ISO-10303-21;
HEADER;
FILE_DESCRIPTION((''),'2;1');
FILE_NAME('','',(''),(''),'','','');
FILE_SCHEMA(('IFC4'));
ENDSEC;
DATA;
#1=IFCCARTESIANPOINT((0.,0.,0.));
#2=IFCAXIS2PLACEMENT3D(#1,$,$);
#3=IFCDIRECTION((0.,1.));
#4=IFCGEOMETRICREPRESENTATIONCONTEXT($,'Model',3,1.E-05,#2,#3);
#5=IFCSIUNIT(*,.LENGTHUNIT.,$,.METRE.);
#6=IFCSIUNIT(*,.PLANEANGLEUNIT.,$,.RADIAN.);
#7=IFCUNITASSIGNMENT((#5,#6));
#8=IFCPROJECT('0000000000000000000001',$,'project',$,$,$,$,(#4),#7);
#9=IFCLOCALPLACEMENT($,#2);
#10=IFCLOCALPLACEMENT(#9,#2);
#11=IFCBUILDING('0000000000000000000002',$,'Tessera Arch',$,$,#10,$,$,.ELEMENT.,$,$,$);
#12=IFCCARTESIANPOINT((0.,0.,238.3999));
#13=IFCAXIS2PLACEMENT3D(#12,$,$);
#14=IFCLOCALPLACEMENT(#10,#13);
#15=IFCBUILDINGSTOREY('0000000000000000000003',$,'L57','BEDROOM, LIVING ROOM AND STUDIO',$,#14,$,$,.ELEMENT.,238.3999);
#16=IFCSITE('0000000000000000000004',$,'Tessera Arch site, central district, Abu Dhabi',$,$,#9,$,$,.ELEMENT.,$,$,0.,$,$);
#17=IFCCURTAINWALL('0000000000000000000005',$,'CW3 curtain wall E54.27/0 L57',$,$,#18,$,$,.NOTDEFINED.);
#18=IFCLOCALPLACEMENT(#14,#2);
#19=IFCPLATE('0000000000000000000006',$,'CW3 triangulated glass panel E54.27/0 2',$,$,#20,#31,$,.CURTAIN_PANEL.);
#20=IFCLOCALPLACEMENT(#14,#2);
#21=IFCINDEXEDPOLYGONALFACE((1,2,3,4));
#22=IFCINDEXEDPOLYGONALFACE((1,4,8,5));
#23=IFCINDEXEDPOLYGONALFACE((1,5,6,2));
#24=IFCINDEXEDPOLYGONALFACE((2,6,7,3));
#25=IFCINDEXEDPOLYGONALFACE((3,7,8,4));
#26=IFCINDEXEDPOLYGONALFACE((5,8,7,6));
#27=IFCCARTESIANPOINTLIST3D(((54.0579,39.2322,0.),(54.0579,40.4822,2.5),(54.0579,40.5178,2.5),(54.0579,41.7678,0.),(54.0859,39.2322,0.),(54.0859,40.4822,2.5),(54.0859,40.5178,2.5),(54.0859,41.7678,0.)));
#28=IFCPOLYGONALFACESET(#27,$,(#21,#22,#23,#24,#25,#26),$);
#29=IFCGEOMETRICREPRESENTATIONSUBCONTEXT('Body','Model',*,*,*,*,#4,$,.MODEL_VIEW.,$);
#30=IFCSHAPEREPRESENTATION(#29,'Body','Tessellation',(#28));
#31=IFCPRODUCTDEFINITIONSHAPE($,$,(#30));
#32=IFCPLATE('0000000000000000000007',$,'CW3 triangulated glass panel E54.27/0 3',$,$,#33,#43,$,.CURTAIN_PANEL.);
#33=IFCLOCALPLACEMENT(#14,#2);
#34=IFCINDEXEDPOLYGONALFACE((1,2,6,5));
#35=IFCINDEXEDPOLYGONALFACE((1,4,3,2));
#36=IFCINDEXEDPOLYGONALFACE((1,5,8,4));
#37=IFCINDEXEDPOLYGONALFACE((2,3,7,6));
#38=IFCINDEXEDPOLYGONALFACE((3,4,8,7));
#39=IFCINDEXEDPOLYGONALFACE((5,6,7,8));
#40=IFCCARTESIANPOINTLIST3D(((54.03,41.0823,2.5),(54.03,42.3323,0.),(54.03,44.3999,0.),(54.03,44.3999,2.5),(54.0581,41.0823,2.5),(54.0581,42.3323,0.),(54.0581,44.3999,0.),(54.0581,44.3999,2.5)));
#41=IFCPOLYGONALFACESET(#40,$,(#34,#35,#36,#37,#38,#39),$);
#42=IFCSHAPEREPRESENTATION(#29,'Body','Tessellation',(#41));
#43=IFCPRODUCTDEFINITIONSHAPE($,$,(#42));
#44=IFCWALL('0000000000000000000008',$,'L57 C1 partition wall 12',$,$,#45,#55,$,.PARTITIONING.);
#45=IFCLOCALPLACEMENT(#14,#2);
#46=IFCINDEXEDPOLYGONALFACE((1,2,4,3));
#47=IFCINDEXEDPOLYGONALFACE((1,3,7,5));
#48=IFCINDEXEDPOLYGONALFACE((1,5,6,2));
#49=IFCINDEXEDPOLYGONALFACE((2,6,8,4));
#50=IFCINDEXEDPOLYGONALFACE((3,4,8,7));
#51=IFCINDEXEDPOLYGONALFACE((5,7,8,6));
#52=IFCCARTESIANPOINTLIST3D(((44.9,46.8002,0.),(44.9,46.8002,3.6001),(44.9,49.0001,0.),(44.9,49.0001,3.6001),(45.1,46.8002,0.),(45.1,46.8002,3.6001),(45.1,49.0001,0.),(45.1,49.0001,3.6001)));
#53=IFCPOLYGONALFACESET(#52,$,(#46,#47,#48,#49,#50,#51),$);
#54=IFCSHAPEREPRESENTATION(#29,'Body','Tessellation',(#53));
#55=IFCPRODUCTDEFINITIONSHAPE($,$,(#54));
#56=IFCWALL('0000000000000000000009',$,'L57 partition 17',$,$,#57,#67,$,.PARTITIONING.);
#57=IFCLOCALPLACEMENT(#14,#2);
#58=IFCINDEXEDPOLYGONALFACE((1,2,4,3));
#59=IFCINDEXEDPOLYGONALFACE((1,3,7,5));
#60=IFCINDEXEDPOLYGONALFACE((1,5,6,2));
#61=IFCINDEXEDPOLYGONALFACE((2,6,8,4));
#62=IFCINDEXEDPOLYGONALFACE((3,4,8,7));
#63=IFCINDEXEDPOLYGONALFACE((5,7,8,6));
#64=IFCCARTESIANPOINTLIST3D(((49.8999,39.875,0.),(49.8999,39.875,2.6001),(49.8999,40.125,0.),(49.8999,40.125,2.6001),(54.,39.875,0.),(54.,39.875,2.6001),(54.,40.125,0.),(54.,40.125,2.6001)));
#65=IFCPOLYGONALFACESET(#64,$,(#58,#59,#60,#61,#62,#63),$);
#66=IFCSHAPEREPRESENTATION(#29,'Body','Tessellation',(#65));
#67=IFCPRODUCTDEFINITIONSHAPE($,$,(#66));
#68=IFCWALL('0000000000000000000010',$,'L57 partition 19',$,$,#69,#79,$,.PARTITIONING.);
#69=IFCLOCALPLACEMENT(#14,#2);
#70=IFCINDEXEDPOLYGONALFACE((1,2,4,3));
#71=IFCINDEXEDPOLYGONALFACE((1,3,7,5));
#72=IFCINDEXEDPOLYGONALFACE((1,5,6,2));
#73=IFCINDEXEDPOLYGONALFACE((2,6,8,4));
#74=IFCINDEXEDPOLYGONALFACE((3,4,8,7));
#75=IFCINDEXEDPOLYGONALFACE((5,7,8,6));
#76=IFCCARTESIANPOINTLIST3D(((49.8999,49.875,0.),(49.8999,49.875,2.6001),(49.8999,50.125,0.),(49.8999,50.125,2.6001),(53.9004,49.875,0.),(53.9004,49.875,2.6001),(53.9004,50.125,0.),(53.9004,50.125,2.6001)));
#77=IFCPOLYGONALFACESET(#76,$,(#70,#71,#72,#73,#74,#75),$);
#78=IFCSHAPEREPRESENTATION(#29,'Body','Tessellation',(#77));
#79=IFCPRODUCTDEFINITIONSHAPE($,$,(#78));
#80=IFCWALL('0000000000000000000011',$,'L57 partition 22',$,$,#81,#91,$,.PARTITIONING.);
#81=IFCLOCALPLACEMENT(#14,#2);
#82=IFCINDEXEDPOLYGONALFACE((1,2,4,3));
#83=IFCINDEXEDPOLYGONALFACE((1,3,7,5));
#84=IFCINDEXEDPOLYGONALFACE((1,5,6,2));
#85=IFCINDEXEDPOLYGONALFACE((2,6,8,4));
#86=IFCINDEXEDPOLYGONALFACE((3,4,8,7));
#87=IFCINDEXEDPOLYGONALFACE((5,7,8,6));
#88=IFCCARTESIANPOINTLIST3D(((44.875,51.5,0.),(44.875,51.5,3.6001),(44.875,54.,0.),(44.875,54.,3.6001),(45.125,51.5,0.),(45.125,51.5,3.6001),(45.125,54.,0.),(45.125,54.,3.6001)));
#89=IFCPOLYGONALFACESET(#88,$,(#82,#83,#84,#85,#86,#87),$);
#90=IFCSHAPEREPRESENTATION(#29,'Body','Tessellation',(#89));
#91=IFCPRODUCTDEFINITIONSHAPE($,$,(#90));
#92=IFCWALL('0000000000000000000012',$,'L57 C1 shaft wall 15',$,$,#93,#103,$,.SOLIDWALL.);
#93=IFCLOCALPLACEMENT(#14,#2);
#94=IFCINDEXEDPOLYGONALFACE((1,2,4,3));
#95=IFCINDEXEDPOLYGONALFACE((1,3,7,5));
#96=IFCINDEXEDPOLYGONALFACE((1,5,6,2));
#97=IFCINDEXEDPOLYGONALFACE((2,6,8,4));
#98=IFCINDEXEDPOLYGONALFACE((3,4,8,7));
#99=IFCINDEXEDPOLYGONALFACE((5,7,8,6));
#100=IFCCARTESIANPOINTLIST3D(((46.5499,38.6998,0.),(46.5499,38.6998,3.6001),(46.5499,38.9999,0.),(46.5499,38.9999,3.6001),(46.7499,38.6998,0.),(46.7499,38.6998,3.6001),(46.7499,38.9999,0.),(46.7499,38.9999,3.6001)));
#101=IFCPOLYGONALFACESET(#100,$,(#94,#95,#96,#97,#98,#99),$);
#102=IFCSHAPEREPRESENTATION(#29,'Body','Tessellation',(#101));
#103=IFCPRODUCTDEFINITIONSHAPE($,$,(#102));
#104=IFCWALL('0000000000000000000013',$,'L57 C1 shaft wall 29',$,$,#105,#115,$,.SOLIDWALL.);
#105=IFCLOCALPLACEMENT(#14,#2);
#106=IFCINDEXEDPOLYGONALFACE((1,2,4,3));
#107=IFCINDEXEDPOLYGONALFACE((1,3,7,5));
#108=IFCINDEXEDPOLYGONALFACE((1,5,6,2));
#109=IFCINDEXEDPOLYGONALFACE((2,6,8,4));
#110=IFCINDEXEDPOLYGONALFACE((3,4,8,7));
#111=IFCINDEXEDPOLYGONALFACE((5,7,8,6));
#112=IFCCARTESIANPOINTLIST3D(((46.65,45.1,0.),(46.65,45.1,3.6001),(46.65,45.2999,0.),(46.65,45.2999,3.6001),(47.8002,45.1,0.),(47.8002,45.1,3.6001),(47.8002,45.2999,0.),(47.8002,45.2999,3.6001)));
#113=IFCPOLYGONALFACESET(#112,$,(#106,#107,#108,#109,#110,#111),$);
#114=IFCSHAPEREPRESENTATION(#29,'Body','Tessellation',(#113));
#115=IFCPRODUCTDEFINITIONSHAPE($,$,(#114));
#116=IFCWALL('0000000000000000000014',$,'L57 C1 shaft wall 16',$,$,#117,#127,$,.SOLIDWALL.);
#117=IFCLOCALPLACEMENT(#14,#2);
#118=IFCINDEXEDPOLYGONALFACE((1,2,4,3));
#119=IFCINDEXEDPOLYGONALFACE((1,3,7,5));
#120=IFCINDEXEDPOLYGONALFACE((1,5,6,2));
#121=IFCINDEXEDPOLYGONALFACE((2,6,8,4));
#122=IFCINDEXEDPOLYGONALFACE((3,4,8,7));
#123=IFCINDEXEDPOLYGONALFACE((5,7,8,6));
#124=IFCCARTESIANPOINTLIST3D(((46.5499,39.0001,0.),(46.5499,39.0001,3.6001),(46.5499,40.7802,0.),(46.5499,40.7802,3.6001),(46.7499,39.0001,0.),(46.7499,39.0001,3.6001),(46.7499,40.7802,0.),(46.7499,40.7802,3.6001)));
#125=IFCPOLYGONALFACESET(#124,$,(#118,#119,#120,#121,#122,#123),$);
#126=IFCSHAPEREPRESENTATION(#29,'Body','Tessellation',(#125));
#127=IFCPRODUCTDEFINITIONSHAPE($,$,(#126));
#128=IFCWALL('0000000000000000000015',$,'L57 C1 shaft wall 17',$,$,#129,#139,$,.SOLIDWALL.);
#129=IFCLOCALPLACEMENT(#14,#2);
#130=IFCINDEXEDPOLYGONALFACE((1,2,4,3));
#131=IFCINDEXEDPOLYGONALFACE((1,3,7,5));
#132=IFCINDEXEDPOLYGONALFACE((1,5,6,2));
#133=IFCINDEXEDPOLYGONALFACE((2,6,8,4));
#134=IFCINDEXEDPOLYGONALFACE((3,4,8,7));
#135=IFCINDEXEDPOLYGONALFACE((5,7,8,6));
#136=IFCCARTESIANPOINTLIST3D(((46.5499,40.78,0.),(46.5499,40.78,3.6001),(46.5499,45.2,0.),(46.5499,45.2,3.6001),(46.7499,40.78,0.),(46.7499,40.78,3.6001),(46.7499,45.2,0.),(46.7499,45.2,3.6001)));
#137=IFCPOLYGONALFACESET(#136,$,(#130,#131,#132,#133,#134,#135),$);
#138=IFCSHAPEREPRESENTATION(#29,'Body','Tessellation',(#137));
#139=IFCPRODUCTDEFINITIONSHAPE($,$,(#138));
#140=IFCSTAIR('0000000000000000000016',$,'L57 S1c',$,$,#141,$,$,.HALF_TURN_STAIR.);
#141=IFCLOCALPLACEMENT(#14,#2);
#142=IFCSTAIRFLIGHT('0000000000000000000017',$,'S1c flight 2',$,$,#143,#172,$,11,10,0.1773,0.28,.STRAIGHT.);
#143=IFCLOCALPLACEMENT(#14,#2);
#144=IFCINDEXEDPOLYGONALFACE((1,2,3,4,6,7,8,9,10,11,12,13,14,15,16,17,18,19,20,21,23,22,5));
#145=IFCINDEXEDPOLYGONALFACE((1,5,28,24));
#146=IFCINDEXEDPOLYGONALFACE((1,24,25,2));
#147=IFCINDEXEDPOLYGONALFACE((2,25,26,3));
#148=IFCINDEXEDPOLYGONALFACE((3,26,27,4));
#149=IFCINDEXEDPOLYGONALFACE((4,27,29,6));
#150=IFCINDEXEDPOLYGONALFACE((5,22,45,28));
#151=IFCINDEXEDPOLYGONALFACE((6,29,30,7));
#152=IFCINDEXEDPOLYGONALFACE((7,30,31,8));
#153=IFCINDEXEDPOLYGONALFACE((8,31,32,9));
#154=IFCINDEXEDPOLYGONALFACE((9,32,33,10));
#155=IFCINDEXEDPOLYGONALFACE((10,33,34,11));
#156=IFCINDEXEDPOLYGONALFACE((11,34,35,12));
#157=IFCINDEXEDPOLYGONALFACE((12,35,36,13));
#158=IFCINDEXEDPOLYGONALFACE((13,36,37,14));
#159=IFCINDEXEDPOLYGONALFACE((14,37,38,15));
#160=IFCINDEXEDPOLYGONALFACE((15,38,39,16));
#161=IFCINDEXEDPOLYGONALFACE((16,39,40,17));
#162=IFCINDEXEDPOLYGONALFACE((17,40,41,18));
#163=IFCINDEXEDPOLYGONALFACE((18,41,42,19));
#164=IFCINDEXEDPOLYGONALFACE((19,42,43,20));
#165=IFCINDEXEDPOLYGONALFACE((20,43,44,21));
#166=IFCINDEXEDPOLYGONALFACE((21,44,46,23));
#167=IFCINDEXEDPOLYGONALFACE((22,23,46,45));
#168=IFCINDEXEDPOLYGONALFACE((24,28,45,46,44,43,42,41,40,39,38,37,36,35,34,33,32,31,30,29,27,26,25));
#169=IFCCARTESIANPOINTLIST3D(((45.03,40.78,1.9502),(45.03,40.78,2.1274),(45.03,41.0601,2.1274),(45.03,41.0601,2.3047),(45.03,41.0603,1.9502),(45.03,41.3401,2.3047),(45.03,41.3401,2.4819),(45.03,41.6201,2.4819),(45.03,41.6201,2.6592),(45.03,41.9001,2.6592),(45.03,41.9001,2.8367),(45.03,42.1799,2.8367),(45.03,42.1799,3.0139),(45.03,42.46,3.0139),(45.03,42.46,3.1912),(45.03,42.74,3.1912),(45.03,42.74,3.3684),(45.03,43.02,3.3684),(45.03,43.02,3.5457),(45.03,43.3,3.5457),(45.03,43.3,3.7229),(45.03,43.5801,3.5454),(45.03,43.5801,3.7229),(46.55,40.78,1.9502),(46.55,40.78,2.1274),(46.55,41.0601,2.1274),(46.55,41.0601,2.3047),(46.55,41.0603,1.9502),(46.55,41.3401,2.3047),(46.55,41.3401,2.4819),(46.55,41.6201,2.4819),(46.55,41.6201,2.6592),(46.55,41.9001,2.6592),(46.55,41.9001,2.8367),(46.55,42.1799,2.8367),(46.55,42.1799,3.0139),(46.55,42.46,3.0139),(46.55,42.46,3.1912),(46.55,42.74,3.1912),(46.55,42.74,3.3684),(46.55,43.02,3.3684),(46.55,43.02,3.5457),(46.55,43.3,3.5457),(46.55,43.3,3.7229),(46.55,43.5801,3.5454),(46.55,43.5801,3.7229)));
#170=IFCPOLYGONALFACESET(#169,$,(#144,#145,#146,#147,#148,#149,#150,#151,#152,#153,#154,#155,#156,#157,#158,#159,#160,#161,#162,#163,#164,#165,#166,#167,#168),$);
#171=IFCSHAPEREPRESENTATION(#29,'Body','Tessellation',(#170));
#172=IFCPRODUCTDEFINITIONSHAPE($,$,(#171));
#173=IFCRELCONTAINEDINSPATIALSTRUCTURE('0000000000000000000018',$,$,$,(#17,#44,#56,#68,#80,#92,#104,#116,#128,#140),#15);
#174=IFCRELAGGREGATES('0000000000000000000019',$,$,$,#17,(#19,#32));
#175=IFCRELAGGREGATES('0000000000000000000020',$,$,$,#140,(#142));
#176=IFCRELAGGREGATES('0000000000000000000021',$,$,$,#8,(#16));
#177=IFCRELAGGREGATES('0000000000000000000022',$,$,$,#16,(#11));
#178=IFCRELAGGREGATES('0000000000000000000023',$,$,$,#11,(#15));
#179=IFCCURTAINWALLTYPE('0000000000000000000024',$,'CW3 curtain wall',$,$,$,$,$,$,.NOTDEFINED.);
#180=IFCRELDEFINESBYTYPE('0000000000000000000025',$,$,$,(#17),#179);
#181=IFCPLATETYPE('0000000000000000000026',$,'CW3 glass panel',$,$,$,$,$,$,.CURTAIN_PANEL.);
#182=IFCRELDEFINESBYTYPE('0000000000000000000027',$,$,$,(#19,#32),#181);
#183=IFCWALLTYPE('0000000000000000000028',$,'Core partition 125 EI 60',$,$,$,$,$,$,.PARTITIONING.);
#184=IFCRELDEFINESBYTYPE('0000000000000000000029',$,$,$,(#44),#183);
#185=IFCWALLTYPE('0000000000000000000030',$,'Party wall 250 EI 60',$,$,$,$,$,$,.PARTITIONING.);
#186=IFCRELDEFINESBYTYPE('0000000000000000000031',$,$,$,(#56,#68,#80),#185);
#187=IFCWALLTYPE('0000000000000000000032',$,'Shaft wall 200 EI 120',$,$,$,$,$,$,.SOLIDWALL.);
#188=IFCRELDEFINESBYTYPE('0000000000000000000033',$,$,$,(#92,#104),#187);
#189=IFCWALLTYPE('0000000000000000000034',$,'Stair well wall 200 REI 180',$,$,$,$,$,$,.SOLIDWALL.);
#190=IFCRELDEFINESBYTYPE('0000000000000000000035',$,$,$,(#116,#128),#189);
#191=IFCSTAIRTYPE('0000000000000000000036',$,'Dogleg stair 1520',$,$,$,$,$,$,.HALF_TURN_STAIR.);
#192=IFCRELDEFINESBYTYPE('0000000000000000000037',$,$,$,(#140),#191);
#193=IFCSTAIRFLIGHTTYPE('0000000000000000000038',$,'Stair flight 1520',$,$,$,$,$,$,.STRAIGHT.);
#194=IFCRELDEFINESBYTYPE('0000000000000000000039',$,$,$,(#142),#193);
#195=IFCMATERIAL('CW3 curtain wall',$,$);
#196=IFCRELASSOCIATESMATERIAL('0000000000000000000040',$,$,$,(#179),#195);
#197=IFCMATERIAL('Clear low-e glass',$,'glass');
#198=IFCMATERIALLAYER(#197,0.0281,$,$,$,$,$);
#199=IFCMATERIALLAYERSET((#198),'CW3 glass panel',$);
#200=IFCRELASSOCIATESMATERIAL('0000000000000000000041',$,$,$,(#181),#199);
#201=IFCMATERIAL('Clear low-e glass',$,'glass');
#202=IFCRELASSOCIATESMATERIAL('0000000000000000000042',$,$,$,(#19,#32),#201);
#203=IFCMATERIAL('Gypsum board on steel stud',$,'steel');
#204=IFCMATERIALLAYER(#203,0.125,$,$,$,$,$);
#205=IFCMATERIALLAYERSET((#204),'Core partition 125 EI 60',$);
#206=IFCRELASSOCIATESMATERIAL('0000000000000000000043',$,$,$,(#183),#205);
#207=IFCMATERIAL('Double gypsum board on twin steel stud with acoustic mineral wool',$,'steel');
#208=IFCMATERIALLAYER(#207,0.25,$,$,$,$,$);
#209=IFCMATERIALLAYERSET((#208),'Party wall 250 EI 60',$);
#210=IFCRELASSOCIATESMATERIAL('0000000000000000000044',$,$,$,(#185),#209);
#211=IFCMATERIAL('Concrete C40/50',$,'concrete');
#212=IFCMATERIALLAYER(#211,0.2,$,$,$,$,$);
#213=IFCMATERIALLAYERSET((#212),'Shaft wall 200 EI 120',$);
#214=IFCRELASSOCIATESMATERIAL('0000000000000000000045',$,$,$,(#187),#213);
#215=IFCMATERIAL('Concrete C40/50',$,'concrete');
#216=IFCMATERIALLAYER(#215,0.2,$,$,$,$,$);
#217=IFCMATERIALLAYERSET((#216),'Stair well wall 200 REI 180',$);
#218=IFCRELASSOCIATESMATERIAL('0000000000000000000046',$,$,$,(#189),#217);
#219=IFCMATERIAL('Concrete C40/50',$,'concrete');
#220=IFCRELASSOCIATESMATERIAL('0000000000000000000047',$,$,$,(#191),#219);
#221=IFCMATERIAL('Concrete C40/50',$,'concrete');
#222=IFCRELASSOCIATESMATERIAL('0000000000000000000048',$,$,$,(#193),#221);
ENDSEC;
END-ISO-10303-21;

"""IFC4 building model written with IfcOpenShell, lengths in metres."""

from ifc_helpers import new_model, si_unit, direction, frame, frame_2d, origin, place, context, subcontext, project, spatial, polyline, rectangle, outline, extrude, material, layer, layer_set, type_object, element, aggregate, save


model = new_model("IFC4")

# Units and contexts
model_context = context("Model", 3, precision=1e-05, world=origin(), true_north=direction((0.0, 1.0)))
body_context = subcontext(model_context, "Body", "Model", "MODEL_VIEW")
ifc_project = project(units=[si_unit("LENGTHUNIT", "METRE"), si_unit("PLANEANGLEUNIT", "RADIAN")], contexts=[model_context])

# Site, building, storey
site_placement = place(None, origin())
site = spatial("IfcSite", under=ifc_project, at=site_placement, Name="Tessera Arch site, central district, Abu Dhabi", CompositionType="ELEMENT", RefElevation=0.0)
building_placement = place(site_placement, origin())
building = spatial("IfcBuilding", under=site, at=building_placement, Name="Tessera Arch", CompositionType="ELEMENT")
storey_placement = place(building_placement, frame((0.0, 0.0, 238.3999)))
storey = spatial("IfcBuildingStorey", under=building, at=storey_placement, Name="L57", Description="BEDROOM, LIVING ROOM AND STUDIO", CompositionType="ELEMENT", Elevation=238.3999)

# Shared definitions
ifc_material_1 = material(Name="Clear low-e glass", Category="glass")

# Curtain wall, plates
ifc_material_2 = material(Name="CW3 curtain wall")
curtain_wall_type_1 = type_object("IfcCurtainWallType", Name="CW3 curtain wall", PredefinedType="NOTDEFINED", material=ifc_material_2)
curtain_wall_1_placement = place(storey_placement, origin())
curtain_wall_1 = element("IfcCurtainWall", 1, at=curtain_wall_1_placement, inside=storey, type_object=curtain_wall_type_1, Name="CW3 curtain wall E54.27/0 L57", PredefinedType="NOTDEFINED")
ifc_material_3 = material(Name="Clear low-e glass", Category="glass")
ifc_layer_1 = layer(ifc_material_3, 0.0281)
ifc_layer_set_1 = layer_set([ifc_layer_1], Name="CW3 glass panel")
plate_type_1 = type_object("IfcPlateType", Name="CW3 glass panel", PredefinedType="CURTAIN_PANEL", material=ifc_layer_set_1)
plate_1_placement = place(storey_placement, frame((54.0859, 40.5178, 2.5), z_axis=(1.0, 0.0, 0.0), x_axis=(0.0, -1.0, 0.0)))
plate_1 = element("IfcPlate", 2, at=plate_1_placement, type_object=plate_type_1, material=ifc_material_1, Name="CW3 triangulated glass panel E54.27/0 2", PredefinedType="CURTAIN_PANEL", context=body_context, shape_type="SweptSolid", body=[
    extrude(outline(polyline([(0.0, 0.0), (0.0356, 0.0), (1.2856, 2.5), (-1.25, 2.5), (0.0, 0.0)])), origin(), (0.0, 0.0, -1.0), 0.0281),
])
plate_2_placement = place(storey_placement, frame((54.0581, 44.3999, 2.5), z_axis=(1.0, 0.0, 0.0), x_axis=(0.0, -1.0, 0.0)))
plate_2 = element("IfcPlate", 3, at=plate_2_placement, type_object=plate_type_1, material=ifc_material_1, Name="CW3 triangulated glass panel E54.27/0 3", PredefinedType="CURTAIN_PANEL", context=body_context, shape_type="SweptSolid", body=[
    extrude(outline(polyline([(0.0, 0.0), (3.3176, 0.0), (2.0676, 2.5), (0.0, 2.5), (0.0, 0.0)])), origin(), (0.0, 0.0, -1.0), 0.0281),
])
aggregate(curtain_wall_1, [plate_1, plate_2])

# Walls
ifc_material_4 = material(Name="Gypsum board on steel stud", Category="steel")
ifc_layer_2 = layer(ifc_material_4, 0.125)
ifc_layer_set_2 = layer_set([ifc_layer_2], Name="Core partition 125 EI 60")
wall_type_1 = type_object("IfcWallType", Name="Core partition 125 EI 60", PredefinedType="PARTITIONING", material=ifc_layer_set_2)
wall_1_placement = place(storey_placement, frame((45.0, 46.8, 0.0), z_axis=(0.0, 0.0, 1.0), x_axis=(0.0, 1.0, 0.0)))
element("IfcWall", 4, at=wall_1_placement, inside=storey, type_object=wall_type_1, Name="L57 C1 partition wall 12", PredefinedType="PARTITIONING", context=body_context, shape_type="SweptSolid", body=[
    extrude(rectangle(XDim=2.2, YDim=0.2, at=frame_2d((1.1001, 0.0))), origin(), (0.0, 0.0, 1.0), 3.6001),
])
ifc_material_5 = material(Name="Double gypsum board on twin steel stud with acoustic mineral wool", Category="steel")
ifc_layer_3 = layer(ifc_material_5, 0.25)
ifc_layer_set_3 = layer_set([ifc_layer_3], Name="Party wall 250 EI 60")
wall_type_2 = type_object("IfcWallType", Name="Party wall 250 EI 60", PredefinedType="PARTITIONING", material=ifc_layer_set_3)
wall_2_placement = place(storey_placement, frame((49.8999, 40.0, 0.0), z_axis=(0.0, 0.0, 1.0), x_axis=(1.0, 0.0, 0.0)))
element("IfcWall", 5, at=wall_2_placement, inside=storey, type_object=wall_type_2, Name="L57 partition 17", PredefinedType="PARTITIONING", context=body_context, shape_type="SweptSolid", body=[
    extrude(rectangle(XDim=4.1001, YDim=0.25, at=frame_2d((2.05, 0.0))), origin(), (0.0, 0.0, 1.0), 2.6001),
])
wall_3_placement = place(storey_placement, frame((49.8999, 50.0, 0.0), z_axis=(0.0, 0.0, 1.0), x_axis=(1.0, 0.0, 0.0)))
element("IfcWall", 6, at=wall_3_placement, inside=storey, type_object=wall_type_2, Name="L57 partition 19", PredefinedType="PARTITIONING", context=body_context, shape_type="SweptSolid", body=[
    extrude(rectangle(XDim=4.0005, YDim=0.25, at=frame_2d((2.0002, 0.0))), origin(), (0.0, 0.0, 1.0), 2.6001),
])
wall_4_placement = place(storey_placement, frame((45.0, 51.5, 0.0), z_axis=(0.0, 0.0, 1.0), x_axis=(0.0, 1.0, 0.0)))
element("IfcWall", 7, at=wall_4_placement, inside=storey, type_object=wall_type_2, Name="L57 partition 22", PredefinedType="PARTITIONING", context=body_context, shape_type="SweptSolid", body=[
    extrude(rectangle(XDim=2.5, YDim=0.25, at=frame_2d((1.25, 0.0))), origin(), (0.0, 0.0, 1.0), 3.6001),
])
ifc_material_6 = material(Name="Concrete C40/50", Category="concrete")
ifc_layer_4 = layer(ifc_material_6, 0.2)
ifc_layer_set_4 = layer_set([ifc_layer_4], Name="Shaft wall 200 EI 120")
wall_type_3 = type_object("IfcWallType", Name="Shaft wall 200 EI 120", PredefinedType="SOLIDWALL", material=ifc_layer_set_4)
wall_5_placement = place(storey_placement, frame((46.6499, 38.7, 0.0), z_axis=(0.0, 0.0, 1.0), x_axis=(0.0, 1.0, 0.0)))
element("IfcWall", 8, at=wall_5_placement, inside=storey, type_object=wall_type_3, Name="L57 C1 shaft wall 15", PredefinedType="SOLIDWALL", context=body_context, shape_type="SweptSolid", body=[
    extrude(rectangle(XDim=0.3, YDim=0.2, at=frame_2d((0.1499, 0.0))), origin(), (0.0, 0.0, 1.0), 3.6001),
])
wall_6_placement = place(storey_placement, frame((46.6499, 45.2, 0.0), z_axis=(0.0, 0.0, 1.0), x_axis=(1.0, 0.0, 0.0)))
element("IfcWall", 9, at=wall_6_placement, inside=storey, type_object=wall_type_3, Name="L57 C1 shaft wall 29", PredefinedType="SOLIDWALL", context=body_context, shape_type="SweptSolid", body=[
    extrude(rectangle(XDim=1.1501, YDim=0.2, at=frame_2d((0.5752, 0.0))), origin(), (0.0, 0.0, 1.0), 3.6001),
])
ifc_material_7 = material(Name="Concrete C40/50", Category="concrete")
ifc_layer_5 = layer(ifc_material_7, 0.2)
ifc_layer_set_5 = layer_set([ifc_layer_5], Name="Stair well wall 200 REI 180")
wall_type_4 = type_object("IfcWallType", Name="Stair well wall 200 REI 180", PredefinedType="SOLIDWALL", material=ifc_layer_set_5)
wall_7_placement = place(storey_placement, frame((46.6499, 39.0, 0.0), z_axis=(0.0, 0.0, 1.0), x_axis=(0.0, 1.0, 0.0)))
element("IfcWall", 10, at=wall_7_placement, inside=storey, type_object=wall_type_4, Name="L57 C1 shaft wall 16", PredefinedType="SOLIDWALL", context=body_context, shape_type="SweptSolid", body=[
    extrude(rectangle(XDim=1.78, YDim=0.2, at=frame_2d((0.8901, 0.0))), origin(), (0.0, 0.0, 1.0), 3.6001),
])
wall_8_placement = place(storey_placement, frame((46.6499, 40.78, 0.0), z_axis=(0.0, 0.0, 1.0), x_axis=(0.0, 1.0, 0.0)))
element("IfcWall", 11, at=wall_8_placement, inside=storey, type_object=wall_type_4, Name="L57 C1 shaft wall 17", PredefinedType="SOLIDWALL", context=body_context, shape_type="SweptSolid", body=[
    extrude(rectangle(XDim=4.4199, YDim=0.2, at=frame_2d((2.21, 0.0))), origin(), (0.0, 0.0, 1.0), 3.6001),
])

# Stair, stair flight
ifc_material_8 = material(Name="Concrete C40/50", Category="concrete")
stair_type = type_object("IfcStairType", Name="Dogleg stair 1520", PredefinedType="HALF_TURN_STAIR", material=ifc_material_8)
stair_placement = place(storey_placement, origin())
stair = element("IfcStair", 12, at=stair_placement, inside=storey, type_object=stair_type, Name="L57 S1c", PredefinedType="HALF_TURN_STAIR")
ifc_material_9 = material(Name="Concrete C40/50", Category="concrete")
stair_flight_type = type_object("IfcStairFlightType", Name="Stair flight 1520", PredefinedType="STRAIGHT", material=ifc_material_9)
stair_flight_placement = place(storey_placement, frame((45.79, 40.78, 1.9502), z_axis=(0.0, 0.0, 1.0), x_axis=(0.0, 1.0, 0.0)))
stair_flight = element("IfcStairFlight", 13, at=stair_flight_placement, type_object=stair_flight_type, Name="S1c flight 2", NumberOfRisers=11, NumberOfTreads=10, PredefinedType="STRAIGHT", RiserHeight=0.1773, TreadLength=0.28, context=body_context, shape_type="SweptSolid", body=[
    extrude(outline(polyline([(0.0, 0.0), (0.0, 0.1772), (0.28, 0.1772), (0.28, 0.3545), (0.5601, 0.3545), (0.5601, 0.5317), (0.8401, 0.5317), (0.8401, 0.709), (1.1201, 0.709), (1.1201, 0.8865), (1.3999, 0.8865), (1.3999, 1.0637), (1.6799, 1.0637), (1.6799, 1.241), (1.96, 1.241), (1.96, 1.4182), (2.24, 1.4182), (2.24, 1.5955), (2.52, 1.5955), (2.52, 1.7727), (2.8, 1.7727), (2.8, 1.95), (2.8, 1.5952), (0.2803, 0.0), (0.0, 0.0)])), frame((0.0, 0.76, 0.0), z_axis=(0.0, -1.0, 0.0), x_axis=(1.0, 0.0, 0.0)), (0.0, 0.0, 1.0), 1.52),
])
aggregate(stair, [stair_flight])

save(model, "model.ifc")
